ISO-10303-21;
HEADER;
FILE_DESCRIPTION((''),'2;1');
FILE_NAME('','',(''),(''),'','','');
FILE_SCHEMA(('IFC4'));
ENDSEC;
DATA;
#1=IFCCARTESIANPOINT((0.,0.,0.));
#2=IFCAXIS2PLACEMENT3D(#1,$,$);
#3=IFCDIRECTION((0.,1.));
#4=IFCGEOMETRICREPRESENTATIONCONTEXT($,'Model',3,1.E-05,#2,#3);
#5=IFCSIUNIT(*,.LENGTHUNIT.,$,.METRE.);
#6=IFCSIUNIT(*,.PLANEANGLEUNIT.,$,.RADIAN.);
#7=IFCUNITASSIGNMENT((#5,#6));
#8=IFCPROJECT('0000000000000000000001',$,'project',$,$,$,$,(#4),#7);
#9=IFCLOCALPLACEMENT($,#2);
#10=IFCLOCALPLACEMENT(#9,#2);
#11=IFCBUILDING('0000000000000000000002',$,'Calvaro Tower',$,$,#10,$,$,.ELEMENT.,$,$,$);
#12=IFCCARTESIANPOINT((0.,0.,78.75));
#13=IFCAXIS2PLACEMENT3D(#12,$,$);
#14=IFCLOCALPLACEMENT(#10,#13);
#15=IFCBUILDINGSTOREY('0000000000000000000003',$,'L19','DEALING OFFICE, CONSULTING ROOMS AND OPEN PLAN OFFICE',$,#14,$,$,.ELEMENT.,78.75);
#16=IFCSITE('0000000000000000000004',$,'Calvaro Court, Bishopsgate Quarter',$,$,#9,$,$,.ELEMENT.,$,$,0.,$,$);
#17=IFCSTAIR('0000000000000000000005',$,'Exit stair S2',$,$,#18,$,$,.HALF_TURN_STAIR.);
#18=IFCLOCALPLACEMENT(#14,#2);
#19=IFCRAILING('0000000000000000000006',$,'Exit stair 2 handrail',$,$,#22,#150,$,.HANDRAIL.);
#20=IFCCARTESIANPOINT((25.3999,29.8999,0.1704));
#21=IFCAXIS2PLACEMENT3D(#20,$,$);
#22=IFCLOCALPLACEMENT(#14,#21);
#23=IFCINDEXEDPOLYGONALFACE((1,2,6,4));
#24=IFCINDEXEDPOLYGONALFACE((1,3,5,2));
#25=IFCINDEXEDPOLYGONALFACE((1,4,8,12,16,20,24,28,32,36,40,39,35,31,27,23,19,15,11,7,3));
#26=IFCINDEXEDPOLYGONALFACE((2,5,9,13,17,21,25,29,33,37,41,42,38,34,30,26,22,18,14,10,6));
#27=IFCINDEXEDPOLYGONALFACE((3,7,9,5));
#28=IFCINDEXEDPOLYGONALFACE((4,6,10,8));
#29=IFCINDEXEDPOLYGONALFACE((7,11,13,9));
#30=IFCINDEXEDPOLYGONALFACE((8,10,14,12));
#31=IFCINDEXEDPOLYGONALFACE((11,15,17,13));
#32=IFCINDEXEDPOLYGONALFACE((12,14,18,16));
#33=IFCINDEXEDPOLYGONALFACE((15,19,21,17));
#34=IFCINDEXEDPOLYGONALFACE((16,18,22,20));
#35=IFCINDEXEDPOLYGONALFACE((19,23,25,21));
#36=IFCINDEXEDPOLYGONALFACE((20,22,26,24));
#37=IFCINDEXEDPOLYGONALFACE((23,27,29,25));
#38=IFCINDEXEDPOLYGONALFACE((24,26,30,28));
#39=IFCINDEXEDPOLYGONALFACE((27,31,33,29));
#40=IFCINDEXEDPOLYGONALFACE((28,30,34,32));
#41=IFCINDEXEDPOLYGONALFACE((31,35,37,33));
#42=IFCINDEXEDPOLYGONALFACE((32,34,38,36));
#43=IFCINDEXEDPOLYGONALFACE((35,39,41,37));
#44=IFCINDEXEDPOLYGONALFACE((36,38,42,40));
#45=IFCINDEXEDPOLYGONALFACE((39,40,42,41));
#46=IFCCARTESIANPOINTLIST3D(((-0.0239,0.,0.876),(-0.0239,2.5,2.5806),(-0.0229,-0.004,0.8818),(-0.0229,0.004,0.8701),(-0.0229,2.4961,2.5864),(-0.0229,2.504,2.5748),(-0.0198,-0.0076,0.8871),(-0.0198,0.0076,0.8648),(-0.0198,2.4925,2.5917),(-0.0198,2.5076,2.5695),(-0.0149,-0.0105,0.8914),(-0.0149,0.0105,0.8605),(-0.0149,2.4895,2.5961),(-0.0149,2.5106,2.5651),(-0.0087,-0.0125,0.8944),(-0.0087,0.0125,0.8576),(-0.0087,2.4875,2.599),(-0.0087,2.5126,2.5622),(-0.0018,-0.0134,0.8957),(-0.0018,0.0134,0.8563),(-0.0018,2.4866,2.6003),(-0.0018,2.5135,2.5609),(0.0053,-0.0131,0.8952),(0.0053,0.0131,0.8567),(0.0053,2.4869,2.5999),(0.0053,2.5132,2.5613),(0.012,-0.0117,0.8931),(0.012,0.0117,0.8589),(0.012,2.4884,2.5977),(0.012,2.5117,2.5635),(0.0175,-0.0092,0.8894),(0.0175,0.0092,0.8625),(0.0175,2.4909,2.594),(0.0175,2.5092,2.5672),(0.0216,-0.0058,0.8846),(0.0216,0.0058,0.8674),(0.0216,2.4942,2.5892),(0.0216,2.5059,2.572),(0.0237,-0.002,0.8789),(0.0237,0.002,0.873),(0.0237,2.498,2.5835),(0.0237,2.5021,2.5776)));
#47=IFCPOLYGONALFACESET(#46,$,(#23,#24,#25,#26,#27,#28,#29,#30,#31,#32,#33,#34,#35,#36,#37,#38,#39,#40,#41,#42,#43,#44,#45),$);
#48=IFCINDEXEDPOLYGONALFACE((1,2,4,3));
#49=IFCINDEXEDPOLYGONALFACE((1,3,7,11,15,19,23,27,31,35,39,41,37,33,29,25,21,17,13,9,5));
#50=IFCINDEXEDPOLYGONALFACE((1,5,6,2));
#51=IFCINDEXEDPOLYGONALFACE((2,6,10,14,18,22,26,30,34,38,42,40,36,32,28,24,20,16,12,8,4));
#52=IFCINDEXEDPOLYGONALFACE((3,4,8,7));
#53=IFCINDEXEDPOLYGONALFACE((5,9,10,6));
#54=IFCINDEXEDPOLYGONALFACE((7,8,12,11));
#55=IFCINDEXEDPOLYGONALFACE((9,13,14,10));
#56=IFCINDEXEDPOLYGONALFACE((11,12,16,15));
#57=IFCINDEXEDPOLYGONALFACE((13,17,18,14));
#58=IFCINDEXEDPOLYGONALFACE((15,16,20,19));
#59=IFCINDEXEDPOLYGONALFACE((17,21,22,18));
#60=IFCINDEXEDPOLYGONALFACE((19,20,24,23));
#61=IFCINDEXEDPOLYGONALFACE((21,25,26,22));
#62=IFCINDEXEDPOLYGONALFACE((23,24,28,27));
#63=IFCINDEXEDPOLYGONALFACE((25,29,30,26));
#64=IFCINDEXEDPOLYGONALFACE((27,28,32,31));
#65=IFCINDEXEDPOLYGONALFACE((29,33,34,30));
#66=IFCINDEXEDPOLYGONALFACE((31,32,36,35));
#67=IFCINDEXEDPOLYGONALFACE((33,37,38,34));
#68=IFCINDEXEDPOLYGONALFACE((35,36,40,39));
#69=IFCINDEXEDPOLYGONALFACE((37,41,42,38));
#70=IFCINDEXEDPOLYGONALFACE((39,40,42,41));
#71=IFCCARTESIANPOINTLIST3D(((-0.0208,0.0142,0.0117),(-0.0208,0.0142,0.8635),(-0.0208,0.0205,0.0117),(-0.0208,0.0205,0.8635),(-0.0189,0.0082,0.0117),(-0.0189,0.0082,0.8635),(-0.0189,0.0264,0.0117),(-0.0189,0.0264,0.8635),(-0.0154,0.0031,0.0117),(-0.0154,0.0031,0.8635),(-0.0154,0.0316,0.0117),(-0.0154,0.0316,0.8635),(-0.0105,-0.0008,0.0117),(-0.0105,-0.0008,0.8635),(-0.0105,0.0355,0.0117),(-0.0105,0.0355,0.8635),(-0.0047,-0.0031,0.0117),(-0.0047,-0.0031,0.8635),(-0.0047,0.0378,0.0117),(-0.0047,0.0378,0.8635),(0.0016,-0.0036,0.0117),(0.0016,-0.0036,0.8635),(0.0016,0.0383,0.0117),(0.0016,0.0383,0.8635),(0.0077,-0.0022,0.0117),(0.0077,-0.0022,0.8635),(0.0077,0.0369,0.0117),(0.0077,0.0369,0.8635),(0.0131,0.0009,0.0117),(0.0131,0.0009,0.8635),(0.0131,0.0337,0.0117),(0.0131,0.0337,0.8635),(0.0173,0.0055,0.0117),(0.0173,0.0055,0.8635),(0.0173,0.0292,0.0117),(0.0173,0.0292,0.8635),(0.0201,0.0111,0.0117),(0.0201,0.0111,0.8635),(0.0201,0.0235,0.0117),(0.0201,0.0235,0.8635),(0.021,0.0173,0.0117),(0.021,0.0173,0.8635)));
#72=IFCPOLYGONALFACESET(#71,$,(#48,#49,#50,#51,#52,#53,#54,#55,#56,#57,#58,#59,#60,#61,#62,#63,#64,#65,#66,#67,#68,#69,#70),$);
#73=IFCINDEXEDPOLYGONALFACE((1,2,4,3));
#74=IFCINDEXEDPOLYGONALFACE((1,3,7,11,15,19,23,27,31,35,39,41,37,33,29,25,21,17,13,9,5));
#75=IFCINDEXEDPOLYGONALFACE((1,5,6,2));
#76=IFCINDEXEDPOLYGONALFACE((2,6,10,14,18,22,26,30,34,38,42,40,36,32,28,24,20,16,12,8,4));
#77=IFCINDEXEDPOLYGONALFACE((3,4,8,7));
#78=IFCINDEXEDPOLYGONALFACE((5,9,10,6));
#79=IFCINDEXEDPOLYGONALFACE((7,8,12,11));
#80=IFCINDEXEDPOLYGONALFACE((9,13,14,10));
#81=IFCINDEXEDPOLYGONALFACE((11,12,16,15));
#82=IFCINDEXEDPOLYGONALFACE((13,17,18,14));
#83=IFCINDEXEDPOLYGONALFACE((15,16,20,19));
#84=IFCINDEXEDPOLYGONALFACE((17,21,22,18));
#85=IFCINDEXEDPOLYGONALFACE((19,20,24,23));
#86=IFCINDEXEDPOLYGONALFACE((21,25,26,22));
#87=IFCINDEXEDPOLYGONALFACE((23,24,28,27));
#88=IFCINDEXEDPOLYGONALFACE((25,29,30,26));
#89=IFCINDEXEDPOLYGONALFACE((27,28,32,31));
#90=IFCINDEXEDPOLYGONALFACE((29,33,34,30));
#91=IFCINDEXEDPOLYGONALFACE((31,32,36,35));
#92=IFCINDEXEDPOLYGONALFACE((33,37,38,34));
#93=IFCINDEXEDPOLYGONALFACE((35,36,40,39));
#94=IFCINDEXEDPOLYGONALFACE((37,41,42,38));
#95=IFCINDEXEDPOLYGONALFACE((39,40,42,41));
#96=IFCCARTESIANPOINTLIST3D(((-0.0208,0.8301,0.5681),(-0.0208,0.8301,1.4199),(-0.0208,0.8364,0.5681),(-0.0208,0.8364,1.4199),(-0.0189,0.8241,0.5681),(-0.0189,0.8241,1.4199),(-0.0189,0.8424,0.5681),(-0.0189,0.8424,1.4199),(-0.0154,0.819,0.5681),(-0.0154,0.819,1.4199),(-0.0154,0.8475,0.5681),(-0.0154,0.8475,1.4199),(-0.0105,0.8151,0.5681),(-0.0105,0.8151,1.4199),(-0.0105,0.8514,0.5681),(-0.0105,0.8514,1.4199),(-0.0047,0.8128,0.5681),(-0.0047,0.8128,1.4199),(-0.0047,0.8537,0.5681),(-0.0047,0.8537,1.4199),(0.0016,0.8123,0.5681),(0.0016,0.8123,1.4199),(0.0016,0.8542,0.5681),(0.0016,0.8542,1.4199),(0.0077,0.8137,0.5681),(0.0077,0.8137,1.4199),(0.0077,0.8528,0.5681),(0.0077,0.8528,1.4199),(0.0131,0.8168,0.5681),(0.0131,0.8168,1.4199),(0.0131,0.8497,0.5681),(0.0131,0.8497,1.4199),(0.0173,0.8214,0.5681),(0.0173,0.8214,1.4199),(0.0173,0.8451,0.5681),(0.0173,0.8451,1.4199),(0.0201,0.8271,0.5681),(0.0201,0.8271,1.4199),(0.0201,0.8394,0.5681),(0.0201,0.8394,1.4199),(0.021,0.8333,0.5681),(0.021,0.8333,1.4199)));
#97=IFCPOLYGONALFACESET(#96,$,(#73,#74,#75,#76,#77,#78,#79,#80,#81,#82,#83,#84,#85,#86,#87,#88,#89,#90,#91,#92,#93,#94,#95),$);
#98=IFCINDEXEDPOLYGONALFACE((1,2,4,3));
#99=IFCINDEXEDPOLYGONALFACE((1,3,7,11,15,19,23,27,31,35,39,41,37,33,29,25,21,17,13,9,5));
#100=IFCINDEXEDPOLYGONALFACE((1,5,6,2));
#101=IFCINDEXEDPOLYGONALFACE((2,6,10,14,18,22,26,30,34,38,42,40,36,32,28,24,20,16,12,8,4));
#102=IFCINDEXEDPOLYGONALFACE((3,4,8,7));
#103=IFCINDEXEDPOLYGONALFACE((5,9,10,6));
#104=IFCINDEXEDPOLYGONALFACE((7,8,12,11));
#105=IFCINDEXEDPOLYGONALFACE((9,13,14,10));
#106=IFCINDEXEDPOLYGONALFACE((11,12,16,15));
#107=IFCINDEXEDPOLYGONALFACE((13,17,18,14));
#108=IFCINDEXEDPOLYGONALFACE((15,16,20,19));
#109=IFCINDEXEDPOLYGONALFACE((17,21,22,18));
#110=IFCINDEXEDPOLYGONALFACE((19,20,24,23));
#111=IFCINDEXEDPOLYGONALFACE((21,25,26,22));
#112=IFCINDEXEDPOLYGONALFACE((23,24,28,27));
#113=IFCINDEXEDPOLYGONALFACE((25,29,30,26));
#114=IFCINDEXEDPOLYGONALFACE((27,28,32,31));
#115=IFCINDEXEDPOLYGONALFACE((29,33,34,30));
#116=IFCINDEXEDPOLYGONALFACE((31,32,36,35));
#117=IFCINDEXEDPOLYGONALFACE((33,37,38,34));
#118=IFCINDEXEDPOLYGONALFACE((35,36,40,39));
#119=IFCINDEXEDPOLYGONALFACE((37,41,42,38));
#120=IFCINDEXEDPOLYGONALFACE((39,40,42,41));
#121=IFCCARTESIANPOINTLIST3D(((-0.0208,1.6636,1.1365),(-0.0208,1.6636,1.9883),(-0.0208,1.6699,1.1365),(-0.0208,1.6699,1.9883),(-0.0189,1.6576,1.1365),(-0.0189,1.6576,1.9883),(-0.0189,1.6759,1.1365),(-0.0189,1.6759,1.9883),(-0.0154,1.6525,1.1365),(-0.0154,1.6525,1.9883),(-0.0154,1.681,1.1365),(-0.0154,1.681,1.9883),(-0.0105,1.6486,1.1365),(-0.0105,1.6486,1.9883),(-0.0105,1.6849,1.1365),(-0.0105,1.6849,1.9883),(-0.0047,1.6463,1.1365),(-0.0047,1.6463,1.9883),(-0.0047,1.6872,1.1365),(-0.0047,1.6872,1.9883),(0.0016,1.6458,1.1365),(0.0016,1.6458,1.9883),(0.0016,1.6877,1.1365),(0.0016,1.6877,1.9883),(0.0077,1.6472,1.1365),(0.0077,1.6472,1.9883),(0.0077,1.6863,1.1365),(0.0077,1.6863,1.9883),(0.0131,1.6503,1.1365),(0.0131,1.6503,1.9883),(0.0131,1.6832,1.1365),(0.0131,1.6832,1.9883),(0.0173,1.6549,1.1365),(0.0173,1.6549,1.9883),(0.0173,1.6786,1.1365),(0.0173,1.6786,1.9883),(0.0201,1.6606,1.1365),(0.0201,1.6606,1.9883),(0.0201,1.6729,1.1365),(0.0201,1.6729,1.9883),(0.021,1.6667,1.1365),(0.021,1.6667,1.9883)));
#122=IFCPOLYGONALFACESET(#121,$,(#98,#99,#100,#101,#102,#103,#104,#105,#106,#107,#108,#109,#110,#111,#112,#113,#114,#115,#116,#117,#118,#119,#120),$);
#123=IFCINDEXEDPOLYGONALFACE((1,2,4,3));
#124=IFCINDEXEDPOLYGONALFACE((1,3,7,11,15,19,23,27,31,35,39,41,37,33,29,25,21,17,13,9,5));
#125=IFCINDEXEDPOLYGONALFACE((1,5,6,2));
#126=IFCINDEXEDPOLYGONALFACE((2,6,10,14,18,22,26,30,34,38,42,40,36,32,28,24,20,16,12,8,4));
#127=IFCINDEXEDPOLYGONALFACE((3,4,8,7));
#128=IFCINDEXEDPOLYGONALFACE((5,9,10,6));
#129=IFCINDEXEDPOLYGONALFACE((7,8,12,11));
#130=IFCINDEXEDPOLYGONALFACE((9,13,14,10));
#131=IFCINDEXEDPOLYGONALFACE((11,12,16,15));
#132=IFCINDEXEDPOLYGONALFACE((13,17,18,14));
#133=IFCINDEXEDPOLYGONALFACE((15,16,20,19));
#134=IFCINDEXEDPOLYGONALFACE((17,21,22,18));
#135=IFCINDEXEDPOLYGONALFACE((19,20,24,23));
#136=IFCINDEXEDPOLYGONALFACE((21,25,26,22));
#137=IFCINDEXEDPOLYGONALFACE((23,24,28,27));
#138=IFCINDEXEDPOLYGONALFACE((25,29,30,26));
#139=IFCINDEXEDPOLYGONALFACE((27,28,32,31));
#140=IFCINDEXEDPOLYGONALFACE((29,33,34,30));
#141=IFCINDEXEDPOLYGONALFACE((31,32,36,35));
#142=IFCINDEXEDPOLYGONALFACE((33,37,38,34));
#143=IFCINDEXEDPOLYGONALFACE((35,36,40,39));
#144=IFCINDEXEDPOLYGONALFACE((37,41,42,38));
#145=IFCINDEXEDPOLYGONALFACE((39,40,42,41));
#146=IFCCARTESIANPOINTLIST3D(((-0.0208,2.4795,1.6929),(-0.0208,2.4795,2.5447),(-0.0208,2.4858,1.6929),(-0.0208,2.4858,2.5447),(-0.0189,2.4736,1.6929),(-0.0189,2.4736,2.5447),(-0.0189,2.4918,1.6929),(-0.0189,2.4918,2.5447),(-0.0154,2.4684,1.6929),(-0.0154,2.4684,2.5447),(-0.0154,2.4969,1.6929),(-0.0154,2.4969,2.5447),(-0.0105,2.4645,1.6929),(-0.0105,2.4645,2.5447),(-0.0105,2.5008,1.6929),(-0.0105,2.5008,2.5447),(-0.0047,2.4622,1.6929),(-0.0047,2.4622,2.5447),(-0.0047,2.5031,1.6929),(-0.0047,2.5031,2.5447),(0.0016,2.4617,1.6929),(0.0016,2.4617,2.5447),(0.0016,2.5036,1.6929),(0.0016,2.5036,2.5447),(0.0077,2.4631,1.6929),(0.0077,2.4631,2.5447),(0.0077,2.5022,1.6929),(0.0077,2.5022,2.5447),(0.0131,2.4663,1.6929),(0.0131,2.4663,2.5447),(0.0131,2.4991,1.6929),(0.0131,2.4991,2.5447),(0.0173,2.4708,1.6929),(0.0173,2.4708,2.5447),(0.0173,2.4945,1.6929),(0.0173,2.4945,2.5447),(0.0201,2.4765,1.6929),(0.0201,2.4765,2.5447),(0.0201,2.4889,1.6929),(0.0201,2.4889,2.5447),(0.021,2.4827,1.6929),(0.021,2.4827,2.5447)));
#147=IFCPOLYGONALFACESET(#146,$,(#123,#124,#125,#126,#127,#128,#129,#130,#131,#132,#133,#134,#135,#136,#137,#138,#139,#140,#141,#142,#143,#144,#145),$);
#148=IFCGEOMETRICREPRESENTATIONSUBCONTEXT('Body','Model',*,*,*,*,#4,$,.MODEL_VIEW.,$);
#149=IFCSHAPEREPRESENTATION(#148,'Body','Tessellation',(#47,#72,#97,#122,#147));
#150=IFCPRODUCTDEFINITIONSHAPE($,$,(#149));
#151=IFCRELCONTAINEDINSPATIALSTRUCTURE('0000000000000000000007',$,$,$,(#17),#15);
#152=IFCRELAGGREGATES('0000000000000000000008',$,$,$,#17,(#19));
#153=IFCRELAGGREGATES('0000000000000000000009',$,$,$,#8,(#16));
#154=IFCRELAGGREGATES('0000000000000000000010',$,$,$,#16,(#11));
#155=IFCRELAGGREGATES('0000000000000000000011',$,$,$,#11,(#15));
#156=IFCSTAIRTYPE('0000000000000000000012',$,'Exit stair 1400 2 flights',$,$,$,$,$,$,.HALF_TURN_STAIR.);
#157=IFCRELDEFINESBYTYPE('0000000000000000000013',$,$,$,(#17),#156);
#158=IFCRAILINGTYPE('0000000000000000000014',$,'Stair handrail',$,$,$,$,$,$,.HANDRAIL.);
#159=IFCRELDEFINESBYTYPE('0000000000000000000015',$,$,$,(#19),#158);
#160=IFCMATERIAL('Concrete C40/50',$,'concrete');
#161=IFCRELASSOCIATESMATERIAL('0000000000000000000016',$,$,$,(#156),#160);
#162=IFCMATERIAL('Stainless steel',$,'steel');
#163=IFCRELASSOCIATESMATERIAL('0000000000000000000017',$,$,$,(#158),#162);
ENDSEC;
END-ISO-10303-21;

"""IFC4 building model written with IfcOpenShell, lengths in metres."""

from ifc_helpers import new_model, si_unit, direction, frame, origin, origin_2d, place, context, subcontext, project, spatial, circle, extrude, material, type_object, element, aggregate, save


model = new_model("IFC4")

# Units and contexts
model_context = context("Model", 3, precision=1e-05, world=origin(), true_north=direction((0.0, 1.0)))
body_context = subcontext(model_context, "Body", "Model", "MODEL_VIEW")
ifc_project = project(units=[si_unit("LENGTHUNIT", "METRE"), si_unit("PLANEANGLEUNIT", "RADIAN")], contexts=[model_context])

# Site, building, storey
site_placement = place(None, origin())
site = spatial("IfcSite", under=ifc_project, at=site_placement, Name="Calvaro Court, Bishopsgate Quarter", CompositionType="ELEMENT", RefElevation=0.0)
building_placement = place(site_placement, origin())
building = spatial("IfcBuilding", under=site, at=building_placement, Name="Calvaro Tower", CompositionType="ELEMENT")
storey_placement = place(building_placement, frame((0.0, 0.0, 78.75)))
storey = spatial("IfcBuildingStorey", under=building, at=storey_placement, Name="L19", Description="DEALING OFFICE, CONSULTING ROOMS AND OPEN PLAN OFFICE", CompositionType="ELEMENT", Elevation=78.75)

# Stair, railing
ifc_material_1 = material(Name="Concrete C40/50", Category="concrete")
stair_type = type_object("IfcStairType", Name="Exit stair 1400 2 flights", PredefinedType="HALF_TURN_STAIR", material=ifc_material_1)
stair_placement = place(storey_placement, origin())
stair = element("IfcStair", 1, at=stair_placement, inside=storey, type_object=stair_type, Name="Exit stair S2", PredefinedType="HALF_TURN_STAIR")
ifc_material_2 = material(Name="Stainless steel", Category="steel")
railing_type = type_object("IfcRailingType", Name="Stair handrail", PredefinedType="HANDRAIL", material=ifc_material_2)
railing_1_placement = place(storey_placement, frame((25.3999, 29.8999, 0.1704)))
railing_1 = element("IfcRailing", 2, at=railing_1_placement, type_object=railing_type, Name="Exit stair 2 handrail", PredefinedType="HANDRAIL", context=body_context, shape_type="SweptSolid", body=[
    extrude(circle(Radius=0.0239, at=origin_2d()), frame((0.0, 0.0, 0.876), z_axis=(0.0, 0.826221, 0.563347), x_axis=(-1.0, 0.0, 0.0)), (0.0, 0.0, 1.0), 3.0259),
    extrude(circle(Radius=0.021, at=origin_2d()), frame((0.0, 0.0173, 0.0117)), (0.0, 0.0, 1.0), 0.8518),
    extrude(circle(Radius=0.021, at=origin_2d()), frame((0.0, 0.8333, 0.5681)), (0.0, 0.0, 1.0), 0.8518),
    extrude(circle(Radius=0.021, at=origin_2d()), frame((0.0, 1.6667, 1.1365)), (0.0, 0.0, 1.0), 0.8518),
    extrude(circle(Radius=0.021, at=origin_2d()), frame((0.0, 2.4827, 1.6929)), (0.0, 0.0, 1.0), 0.8518),
])
aggregate(stair, [railing_1])

save(model, "model.ifc")
